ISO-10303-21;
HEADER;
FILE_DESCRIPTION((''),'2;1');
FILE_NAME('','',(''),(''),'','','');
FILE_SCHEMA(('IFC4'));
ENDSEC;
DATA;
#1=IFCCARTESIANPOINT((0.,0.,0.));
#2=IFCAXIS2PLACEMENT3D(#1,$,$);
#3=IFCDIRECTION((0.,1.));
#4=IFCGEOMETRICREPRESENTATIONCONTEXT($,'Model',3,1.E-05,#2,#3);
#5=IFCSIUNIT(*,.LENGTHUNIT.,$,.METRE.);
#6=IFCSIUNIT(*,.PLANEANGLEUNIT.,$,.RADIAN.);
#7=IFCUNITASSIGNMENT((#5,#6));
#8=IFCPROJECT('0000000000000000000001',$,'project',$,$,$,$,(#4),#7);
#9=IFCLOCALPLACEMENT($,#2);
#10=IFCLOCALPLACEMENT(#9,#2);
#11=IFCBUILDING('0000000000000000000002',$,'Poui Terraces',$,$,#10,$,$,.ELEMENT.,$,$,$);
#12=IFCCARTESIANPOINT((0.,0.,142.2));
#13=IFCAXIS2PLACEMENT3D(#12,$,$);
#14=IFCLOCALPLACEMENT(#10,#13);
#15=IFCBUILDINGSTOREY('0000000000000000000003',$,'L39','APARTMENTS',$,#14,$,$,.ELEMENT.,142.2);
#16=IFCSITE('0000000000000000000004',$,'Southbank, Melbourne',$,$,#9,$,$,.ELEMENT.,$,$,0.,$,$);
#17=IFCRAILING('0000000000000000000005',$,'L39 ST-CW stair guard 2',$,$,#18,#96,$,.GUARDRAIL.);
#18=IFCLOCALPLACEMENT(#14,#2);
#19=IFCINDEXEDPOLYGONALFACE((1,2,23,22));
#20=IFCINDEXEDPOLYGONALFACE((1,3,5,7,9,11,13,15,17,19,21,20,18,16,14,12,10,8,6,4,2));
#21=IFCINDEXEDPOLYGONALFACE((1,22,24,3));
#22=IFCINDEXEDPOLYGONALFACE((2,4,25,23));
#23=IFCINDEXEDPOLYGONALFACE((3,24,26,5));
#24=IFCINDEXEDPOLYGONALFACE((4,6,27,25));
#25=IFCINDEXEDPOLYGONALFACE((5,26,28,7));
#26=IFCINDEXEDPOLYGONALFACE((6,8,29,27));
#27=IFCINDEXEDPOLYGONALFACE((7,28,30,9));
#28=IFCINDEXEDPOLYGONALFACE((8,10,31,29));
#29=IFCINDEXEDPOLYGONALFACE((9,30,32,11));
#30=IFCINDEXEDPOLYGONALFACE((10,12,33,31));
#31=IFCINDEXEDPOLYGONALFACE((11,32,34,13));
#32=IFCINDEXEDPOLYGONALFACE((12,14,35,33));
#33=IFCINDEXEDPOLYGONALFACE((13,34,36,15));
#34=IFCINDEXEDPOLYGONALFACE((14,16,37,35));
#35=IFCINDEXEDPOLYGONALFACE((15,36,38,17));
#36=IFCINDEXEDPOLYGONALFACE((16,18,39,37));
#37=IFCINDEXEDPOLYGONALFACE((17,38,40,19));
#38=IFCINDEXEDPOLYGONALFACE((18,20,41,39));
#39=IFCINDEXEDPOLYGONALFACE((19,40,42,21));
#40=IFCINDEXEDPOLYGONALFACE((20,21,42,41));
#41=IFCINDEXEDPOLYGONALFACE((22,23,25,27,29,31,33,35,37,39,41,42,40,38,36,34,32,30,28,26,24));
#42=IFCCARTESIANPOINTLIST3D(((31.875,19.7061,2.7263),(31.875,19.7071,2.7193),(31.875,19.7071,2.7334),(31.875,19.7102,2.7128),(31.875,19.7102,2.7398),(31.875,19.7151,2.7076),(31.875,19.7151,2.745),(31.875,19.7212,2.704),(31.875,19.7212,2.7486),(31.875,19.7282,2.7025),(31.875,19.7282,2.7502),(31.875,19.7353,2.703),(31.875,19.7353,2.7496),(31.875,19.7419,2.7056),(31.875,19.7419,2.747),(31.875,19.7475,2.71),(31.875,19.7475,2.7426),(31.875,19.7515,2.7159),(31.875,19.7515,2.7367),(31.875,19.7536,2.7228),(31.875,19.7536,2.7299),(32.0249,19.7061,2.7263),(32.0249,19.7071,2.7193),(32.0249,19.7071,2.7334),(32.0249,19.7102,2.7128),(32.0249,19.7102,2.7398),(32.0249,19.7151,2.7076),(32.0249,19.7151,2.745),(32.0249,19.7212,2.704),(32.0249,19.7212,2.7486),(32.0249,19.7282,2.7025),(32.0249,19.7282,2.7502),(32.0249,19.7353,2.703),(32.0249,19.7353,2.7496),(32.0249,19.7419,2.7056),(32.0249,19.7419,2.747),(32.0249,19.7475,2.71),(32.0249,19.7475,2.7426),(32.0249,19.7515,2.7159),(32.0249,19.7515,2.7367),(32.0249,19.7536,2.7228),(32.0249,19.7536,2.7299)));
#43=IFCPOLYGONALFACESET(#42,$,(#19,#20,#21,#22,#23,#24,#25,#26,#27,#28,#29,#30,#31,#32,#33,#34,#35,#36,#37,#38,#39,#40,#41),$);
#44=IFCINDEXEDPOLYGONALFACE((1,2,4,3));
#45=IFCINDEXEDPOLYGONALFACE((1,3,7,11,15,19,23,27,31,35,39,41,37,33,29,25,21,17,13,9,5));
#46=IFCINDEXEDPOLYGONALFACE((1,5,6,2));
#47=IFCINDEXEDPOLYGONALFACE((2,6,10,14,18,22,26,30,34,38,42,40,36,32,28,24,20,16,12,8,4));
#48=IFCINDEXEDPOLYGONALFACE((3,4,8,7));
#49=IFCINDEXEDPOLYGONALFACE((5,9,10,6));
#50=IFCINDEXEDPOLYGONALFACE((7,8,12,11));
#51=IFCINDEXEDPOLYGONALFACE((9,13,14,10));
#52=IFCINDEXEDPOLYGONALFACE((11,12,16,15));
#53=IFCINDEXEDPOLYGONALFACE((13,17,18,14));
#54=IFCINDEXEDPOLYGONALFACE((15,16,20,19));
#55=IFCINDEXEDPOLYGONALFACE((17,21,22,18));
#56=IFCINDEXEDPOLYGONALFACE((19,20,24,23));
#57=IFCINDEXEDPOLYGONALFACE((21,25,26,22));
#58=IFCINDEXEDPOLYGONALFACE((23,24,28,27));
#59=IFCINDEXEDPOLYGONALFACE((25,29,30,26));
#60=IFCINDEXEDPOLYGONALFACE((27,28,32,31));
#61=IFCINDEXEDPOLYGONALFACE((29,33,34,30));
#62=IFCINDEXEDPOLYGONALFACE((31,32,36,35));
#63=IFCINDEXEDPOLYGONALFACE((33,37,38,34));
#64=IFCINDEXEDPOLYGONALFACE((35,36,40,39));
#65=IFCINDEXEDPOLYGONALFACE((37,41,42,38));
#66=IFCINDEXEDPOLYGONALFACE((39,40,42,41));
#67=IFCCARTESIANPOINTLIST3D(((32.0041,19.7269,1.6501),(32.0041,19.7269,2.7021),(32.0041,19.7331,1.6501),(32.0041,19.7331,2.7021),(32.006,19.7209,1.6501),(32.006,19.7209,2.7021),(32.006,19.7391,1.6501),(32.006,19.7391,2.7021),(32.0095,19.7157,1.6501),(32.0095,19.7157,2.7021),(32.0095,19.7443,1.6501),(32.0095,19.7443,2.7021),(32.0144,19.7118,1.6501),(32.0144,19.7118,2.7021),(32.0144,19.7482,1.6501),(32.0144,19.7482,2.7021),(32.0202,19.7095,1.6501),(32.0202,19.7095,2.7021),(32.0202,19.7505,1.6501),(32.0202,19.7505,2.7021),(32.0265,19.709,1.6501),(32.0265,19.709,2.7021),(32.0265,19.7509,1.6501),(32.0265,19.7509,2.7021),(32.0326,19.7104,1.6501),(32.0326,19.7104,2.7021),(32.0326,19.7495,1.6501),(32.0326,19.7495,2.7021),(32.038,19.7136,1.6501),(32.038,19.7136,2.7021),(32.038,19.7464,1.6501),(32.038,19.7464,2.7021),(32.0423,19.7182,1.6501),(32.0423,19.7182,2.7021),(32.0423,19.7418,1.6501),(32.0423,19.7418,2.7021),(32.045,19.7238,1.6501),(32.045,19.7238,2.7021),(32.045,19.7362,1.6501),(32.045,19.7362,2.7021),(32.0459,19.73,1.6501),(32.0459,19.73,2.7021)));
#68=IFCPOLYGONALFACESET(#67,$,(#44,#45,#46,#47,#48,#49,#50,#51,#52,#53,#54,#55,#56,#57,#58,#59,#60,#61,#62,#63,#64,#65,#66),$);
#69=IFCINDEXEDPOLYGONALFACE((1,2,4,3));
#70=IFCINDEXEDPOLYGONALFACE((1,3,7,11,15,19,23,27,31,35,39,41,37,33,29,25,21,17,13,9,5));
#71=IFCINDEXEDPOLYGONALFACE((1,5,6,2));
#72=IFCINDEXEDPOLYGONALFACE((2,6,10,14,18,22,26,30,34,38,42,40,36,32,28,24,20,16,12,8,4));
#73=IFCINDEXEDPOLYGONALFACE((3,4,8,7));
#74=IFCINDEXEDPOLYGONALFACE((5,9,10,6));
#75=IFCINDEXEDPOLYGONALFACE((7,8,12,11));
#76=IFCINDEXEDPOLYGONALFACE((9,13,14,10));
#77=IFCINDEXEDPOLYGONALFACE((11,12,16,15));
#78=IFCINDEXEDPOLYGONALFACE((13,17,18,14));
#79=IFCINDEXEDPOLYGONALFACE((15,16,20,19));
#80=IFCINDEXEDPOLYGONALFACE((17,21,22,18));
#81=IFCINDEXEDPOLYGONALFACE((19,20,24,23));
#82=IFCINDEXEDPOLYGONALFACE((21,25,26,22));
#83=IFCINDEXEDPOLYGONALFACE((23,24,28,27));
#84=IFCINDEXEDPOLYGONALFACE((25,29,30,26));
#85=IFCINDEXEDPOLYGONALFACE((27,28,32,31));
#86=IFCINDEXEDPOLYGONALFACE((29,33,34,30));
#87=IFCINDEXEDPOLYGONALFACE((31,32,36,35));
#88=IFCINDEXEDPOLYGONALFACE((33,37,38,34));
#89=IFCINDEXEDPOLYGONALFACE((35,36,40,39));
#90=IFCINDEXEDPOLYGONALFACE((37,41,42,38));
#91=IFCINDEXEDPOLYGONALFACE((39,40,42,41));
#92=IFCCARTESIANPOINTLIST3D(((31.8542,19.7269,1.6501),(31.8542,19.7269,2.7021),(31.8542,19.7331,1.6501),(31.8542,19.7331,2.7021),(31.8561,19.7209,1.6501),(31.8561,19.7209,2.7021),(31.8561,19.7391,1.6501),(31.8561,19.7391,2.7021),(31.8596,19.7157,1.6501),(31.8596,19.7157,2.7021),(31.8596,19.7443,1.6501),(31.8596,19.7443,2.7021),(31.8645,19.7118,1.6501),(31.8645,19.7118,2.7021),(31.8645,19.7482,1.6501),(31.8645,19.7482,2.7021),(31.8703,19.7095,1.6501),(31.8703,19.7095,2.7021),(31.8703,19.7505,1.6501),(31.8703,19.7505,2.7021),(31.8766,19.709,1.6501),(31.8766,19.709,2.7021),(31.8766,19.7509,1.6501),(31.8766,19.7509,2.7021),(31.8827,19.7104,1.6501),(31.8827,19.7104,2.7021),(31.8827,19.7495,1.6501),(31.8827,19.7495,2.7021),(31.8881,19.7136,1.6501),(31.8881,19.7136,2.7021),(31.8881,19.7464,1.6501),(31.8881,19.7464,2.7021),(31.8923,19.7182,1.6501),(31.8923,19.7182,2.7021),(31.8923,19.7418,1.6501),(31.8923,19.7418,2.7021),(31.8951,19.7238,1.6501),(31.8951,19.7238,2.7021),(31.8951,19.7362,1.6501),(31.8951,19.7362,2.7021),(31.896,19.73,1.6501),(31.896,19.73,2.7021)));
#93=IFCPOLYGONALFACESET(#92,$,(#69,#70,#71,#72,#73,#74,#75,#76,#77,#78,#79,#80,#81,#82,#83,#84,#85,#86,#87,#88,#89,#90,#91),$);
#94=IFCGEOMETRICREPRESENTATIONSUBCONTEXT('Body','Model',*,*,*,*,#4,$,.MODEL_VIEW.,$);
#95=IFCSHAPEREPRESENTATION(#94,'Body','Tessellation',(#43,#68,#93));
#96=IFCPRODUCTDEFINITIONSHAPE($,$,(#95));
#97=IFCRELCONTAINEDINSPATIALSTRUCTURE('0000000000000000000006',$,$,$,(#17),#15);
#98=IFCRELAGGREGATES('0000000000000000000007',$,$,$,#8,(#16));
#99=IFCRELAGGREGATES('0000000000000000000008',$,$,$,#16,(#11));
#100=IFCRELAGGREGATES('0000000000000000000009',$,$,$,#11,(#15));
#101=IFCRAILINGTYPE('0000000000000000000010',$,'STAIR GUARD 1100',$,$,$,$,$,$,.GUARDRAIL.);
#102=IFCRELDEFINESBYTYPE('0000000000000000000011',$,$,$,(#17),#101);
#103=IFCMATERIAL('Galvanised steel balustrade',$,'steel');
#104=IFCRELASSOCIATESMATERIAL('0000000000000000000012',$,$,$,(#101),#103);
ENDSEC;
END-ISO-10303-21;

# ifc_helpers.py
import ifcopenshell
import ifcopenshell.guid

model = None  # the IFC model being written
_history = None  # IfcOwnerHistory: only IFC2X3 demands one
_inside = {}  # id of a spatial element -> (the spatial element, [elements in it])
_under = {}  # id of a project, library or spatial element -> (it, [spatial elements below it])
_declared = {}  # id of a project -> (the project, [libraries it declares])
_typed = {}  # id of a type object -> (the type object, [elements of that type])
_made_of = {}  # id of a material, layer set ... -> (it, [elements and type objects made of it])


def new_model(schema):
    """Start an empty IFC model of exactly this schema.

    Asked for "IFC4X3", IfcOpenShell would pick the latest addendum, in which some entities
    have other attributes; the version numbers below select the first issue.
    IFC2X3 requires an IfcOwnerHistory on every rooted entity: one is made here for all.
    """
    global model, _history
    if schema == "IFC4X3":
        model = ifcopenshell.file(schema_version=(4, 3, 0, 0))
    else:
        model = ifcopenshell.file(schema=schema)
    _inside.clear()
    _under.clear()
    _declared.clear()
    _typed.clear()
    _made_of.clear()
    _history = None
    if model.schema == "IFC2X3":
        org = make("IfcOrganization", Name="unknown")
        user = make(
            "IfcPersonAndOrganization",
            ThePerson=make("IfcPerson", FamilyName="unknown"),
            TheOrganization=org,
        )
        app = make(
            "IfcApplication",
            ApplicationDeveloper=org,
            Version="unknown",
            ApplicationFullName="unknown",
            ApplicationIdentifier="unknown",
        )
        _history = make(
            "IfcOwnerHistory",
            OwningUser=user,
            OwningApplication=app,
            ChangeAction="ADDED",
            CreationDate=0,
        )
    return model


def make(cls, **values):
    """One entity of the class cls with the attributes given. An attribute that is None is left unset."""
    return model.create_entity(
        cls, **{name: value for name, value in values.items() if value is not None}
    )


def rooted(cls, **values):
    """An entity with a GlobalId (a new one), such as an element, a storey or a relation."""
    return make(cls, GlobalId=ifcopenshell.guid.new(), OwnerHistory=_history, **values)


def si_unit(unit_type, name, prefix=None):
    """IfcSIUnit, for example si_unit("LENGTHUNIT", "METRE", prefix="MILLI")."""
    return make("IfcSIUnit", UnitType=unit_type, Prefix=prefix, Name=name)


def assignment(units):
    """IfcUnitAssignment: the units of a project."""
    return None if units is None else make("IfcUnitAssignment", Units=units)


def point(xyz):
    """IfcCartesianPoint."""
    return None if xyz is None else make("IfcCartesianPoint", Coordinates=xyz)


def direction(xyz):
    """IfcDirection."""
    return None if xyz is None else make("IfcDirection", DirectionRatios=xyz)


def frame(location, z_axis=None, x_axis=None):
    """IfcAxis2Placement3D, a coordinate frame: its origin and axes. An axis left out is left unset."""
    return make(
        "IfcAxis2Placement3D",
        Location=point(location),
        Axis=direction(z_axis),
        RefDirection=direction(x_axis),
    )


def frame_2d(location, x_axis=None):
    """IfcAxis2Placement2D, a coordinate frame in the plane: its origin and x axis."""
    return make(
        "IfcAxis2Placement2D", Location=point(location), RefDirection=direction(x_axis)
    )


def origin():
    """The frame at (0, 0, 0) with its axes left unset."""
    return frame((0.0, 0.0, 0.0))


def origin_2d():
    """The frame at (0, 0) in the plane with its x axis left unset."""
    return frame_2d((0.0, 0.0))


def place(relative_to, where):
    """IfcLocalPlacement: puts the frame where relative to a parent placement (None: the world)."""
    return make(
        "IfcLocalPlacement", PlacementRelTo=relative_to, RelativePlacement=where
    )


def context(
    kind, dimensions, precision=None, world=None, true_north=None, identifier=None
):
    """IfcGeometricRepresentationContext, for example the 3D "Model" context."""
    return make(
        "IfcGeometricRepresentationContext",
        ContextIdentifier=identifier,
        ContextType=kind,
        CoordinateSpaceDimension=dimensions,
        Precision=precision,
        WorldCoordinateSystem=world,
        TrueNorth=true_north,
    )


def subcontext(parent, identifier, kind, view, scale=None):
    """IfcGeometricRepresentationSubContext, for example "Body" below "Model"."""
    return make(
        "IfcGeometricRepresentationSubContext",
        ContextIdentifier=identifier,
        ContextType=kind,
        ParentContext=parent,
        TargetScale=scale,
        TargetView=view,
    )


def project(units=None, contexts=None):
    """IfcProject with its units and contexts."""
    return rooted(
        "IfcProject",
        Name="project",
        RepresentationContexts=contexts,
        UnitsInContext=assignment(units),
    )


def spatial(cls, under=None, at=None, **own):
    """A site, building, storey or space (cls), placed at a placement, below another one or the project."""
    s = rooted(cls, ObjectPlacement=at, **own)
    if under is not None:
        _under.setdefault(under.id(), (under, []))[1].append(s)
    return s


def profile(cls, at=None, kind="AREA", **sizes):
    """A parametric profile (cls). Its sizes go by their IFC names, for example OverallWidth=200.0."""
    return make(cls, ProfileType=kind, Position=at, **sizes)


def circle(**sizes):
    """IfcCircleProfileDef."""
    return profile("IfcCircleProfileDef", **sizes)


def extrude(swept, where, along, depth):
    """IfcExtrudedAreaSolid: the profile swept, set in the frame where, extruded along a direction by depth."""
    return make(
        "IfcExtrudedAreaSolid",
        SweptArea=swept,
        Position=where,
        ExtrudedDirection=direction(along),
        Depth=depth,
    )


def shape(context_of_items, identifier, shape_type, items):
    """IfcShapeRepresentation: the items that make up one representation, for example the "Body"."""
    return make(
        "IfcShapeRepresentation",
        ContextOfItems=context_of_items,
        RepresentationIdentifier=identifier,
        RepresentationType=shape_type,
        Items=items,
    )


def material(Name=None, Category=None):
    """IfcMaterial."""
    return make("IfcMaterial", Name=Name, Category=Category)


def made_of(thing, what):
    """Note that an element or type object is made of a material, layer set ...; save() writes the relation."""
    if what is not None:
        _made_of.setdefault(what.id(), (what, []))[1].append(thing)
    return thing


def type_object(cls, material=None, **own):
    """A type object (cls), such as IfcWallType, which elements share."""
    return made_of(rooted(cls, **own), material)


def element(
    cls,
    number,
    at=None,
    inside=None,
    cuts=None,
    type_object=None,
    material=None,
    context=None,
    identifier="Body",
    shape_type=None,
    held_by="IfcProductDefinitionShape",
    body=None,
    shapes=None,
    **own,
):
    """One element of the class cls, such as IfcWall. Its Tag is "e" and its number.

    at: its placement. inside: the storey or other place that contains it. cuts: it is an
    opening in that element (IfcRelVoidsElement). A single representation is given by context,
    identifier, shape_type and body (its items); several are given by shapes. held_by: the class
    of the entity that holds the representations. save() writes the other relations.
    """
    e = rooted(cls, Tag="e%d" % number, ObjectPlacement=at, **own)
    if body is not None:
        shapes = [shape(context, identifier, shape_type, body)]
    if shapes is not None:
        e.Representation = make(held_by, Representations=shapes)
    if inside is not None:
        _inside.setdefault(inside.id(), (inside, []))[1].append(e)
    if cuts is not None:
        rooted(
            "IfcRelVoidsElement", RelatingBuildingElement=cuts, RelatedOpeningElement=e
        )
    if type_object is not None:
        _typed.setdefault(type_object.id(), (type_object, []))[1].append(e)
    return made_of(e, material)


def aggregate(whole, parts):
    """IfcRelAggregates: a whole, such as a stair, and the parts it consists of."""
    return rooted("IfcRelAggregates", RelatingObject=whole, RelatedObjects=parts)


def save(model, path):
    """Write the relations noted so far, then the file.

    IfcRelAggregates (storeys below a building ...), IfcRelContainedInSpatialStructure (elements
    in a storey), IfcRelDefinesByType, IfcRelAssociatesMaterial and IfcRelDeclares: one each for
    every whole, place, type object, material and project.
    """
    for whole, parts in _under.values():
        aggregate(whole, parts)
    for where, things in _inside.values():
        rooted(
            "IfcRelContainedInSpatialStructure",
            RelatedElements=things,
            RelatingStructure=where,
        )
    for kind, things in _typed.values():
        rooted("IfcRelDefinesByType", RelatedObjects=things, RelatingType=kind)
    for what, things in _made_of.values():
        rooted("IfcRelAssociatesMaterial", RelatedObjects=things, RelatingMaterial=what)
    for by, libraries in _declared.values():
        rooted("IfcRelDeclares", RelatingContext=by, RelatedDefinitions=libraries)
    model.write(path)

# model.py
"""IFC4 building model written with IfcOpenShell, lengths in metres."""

from ifc_helpers import new_model, si_unit, direction, frame, origin, origin_2d, place, context, subcontext, project, spatial, circle, extrude, material, type_object, element, save


model = new_model("IFC4")

# Units and contexts
model_context = context("Model", 3, precision=1e-05, world=origin(), true_north=direction((0.0, 1.0)))
body_context = subcontext(model_context, "Body", "Model", "MODEL_VIEW")
ifc_project = project(units=[si_unit("LENGTHUNIT", "METRE"), si_unit("PLANEANGLEUNIT", "RADIAN")], contexts=[model_context])

# Site, building, storey
site_placement = place(None, origin())
site = spatial("IfcSite", under=ifc_project, at=site_placement, Name="Southbank, Melbourne", CompositionType="ELEMENT", RefElevation=0.0)
building_placement = place(site_placement, origin())
building = spatial("IfcBuilding", under=site, at=building_placement, Name="Poui Terraces", CompositionType="ELEMENT")
storey_placement = place(building_placement, frame((0.0, 0.0, 142.2)))
storey = spatial("IfcBuildingStorey", under=building, at=storey_placement, Name="L39", Description="APARTMENTS", CompositionType="ELEMENT", Elevation=142.2)

# Railing
ifc_material_1 = material(Name="Galvanised steel balustrade", Category="steel")
railing_type_1 = type_object("IfcRailingType", Name="STAIR GUARD 1100", PredefinedType="GUARDRAIL", material=ifc_material_1)
railing_1_placement = place(storey_placement, frame((32.0249, 19.73, 1.6501)))
element("IfcRailing", 1, at=railing_1_placement, inside=storey, type_object=railing_type_1, Name="L39 ST-CW stair guard 2", PredefinedType="GUARDRAIL", context=body_context, shape_type="SweptSolid", body=[
    extrude(circle(Radius=0.0239, at=origin_2d()), frame((0.0, 0.0, 1.0762), z_axis=(-1.0, 0.0, 0.0), x_axis=(0.0, -1.0, 0.0)), (0.0, 0.0, 1.0), 0.1499),
    extrude(circle(Radius=0.021, at=origin_2d()), origin(), (0.0, 0.0, 1.0), 1.052),
    extrude(circle(Radius=0.021, at=origin_2d()), frame((-0.1499, 0.0, 0.0)), (0.0, 0.0, 1.0), 1.052),
])

save(model, "model.ifc")
